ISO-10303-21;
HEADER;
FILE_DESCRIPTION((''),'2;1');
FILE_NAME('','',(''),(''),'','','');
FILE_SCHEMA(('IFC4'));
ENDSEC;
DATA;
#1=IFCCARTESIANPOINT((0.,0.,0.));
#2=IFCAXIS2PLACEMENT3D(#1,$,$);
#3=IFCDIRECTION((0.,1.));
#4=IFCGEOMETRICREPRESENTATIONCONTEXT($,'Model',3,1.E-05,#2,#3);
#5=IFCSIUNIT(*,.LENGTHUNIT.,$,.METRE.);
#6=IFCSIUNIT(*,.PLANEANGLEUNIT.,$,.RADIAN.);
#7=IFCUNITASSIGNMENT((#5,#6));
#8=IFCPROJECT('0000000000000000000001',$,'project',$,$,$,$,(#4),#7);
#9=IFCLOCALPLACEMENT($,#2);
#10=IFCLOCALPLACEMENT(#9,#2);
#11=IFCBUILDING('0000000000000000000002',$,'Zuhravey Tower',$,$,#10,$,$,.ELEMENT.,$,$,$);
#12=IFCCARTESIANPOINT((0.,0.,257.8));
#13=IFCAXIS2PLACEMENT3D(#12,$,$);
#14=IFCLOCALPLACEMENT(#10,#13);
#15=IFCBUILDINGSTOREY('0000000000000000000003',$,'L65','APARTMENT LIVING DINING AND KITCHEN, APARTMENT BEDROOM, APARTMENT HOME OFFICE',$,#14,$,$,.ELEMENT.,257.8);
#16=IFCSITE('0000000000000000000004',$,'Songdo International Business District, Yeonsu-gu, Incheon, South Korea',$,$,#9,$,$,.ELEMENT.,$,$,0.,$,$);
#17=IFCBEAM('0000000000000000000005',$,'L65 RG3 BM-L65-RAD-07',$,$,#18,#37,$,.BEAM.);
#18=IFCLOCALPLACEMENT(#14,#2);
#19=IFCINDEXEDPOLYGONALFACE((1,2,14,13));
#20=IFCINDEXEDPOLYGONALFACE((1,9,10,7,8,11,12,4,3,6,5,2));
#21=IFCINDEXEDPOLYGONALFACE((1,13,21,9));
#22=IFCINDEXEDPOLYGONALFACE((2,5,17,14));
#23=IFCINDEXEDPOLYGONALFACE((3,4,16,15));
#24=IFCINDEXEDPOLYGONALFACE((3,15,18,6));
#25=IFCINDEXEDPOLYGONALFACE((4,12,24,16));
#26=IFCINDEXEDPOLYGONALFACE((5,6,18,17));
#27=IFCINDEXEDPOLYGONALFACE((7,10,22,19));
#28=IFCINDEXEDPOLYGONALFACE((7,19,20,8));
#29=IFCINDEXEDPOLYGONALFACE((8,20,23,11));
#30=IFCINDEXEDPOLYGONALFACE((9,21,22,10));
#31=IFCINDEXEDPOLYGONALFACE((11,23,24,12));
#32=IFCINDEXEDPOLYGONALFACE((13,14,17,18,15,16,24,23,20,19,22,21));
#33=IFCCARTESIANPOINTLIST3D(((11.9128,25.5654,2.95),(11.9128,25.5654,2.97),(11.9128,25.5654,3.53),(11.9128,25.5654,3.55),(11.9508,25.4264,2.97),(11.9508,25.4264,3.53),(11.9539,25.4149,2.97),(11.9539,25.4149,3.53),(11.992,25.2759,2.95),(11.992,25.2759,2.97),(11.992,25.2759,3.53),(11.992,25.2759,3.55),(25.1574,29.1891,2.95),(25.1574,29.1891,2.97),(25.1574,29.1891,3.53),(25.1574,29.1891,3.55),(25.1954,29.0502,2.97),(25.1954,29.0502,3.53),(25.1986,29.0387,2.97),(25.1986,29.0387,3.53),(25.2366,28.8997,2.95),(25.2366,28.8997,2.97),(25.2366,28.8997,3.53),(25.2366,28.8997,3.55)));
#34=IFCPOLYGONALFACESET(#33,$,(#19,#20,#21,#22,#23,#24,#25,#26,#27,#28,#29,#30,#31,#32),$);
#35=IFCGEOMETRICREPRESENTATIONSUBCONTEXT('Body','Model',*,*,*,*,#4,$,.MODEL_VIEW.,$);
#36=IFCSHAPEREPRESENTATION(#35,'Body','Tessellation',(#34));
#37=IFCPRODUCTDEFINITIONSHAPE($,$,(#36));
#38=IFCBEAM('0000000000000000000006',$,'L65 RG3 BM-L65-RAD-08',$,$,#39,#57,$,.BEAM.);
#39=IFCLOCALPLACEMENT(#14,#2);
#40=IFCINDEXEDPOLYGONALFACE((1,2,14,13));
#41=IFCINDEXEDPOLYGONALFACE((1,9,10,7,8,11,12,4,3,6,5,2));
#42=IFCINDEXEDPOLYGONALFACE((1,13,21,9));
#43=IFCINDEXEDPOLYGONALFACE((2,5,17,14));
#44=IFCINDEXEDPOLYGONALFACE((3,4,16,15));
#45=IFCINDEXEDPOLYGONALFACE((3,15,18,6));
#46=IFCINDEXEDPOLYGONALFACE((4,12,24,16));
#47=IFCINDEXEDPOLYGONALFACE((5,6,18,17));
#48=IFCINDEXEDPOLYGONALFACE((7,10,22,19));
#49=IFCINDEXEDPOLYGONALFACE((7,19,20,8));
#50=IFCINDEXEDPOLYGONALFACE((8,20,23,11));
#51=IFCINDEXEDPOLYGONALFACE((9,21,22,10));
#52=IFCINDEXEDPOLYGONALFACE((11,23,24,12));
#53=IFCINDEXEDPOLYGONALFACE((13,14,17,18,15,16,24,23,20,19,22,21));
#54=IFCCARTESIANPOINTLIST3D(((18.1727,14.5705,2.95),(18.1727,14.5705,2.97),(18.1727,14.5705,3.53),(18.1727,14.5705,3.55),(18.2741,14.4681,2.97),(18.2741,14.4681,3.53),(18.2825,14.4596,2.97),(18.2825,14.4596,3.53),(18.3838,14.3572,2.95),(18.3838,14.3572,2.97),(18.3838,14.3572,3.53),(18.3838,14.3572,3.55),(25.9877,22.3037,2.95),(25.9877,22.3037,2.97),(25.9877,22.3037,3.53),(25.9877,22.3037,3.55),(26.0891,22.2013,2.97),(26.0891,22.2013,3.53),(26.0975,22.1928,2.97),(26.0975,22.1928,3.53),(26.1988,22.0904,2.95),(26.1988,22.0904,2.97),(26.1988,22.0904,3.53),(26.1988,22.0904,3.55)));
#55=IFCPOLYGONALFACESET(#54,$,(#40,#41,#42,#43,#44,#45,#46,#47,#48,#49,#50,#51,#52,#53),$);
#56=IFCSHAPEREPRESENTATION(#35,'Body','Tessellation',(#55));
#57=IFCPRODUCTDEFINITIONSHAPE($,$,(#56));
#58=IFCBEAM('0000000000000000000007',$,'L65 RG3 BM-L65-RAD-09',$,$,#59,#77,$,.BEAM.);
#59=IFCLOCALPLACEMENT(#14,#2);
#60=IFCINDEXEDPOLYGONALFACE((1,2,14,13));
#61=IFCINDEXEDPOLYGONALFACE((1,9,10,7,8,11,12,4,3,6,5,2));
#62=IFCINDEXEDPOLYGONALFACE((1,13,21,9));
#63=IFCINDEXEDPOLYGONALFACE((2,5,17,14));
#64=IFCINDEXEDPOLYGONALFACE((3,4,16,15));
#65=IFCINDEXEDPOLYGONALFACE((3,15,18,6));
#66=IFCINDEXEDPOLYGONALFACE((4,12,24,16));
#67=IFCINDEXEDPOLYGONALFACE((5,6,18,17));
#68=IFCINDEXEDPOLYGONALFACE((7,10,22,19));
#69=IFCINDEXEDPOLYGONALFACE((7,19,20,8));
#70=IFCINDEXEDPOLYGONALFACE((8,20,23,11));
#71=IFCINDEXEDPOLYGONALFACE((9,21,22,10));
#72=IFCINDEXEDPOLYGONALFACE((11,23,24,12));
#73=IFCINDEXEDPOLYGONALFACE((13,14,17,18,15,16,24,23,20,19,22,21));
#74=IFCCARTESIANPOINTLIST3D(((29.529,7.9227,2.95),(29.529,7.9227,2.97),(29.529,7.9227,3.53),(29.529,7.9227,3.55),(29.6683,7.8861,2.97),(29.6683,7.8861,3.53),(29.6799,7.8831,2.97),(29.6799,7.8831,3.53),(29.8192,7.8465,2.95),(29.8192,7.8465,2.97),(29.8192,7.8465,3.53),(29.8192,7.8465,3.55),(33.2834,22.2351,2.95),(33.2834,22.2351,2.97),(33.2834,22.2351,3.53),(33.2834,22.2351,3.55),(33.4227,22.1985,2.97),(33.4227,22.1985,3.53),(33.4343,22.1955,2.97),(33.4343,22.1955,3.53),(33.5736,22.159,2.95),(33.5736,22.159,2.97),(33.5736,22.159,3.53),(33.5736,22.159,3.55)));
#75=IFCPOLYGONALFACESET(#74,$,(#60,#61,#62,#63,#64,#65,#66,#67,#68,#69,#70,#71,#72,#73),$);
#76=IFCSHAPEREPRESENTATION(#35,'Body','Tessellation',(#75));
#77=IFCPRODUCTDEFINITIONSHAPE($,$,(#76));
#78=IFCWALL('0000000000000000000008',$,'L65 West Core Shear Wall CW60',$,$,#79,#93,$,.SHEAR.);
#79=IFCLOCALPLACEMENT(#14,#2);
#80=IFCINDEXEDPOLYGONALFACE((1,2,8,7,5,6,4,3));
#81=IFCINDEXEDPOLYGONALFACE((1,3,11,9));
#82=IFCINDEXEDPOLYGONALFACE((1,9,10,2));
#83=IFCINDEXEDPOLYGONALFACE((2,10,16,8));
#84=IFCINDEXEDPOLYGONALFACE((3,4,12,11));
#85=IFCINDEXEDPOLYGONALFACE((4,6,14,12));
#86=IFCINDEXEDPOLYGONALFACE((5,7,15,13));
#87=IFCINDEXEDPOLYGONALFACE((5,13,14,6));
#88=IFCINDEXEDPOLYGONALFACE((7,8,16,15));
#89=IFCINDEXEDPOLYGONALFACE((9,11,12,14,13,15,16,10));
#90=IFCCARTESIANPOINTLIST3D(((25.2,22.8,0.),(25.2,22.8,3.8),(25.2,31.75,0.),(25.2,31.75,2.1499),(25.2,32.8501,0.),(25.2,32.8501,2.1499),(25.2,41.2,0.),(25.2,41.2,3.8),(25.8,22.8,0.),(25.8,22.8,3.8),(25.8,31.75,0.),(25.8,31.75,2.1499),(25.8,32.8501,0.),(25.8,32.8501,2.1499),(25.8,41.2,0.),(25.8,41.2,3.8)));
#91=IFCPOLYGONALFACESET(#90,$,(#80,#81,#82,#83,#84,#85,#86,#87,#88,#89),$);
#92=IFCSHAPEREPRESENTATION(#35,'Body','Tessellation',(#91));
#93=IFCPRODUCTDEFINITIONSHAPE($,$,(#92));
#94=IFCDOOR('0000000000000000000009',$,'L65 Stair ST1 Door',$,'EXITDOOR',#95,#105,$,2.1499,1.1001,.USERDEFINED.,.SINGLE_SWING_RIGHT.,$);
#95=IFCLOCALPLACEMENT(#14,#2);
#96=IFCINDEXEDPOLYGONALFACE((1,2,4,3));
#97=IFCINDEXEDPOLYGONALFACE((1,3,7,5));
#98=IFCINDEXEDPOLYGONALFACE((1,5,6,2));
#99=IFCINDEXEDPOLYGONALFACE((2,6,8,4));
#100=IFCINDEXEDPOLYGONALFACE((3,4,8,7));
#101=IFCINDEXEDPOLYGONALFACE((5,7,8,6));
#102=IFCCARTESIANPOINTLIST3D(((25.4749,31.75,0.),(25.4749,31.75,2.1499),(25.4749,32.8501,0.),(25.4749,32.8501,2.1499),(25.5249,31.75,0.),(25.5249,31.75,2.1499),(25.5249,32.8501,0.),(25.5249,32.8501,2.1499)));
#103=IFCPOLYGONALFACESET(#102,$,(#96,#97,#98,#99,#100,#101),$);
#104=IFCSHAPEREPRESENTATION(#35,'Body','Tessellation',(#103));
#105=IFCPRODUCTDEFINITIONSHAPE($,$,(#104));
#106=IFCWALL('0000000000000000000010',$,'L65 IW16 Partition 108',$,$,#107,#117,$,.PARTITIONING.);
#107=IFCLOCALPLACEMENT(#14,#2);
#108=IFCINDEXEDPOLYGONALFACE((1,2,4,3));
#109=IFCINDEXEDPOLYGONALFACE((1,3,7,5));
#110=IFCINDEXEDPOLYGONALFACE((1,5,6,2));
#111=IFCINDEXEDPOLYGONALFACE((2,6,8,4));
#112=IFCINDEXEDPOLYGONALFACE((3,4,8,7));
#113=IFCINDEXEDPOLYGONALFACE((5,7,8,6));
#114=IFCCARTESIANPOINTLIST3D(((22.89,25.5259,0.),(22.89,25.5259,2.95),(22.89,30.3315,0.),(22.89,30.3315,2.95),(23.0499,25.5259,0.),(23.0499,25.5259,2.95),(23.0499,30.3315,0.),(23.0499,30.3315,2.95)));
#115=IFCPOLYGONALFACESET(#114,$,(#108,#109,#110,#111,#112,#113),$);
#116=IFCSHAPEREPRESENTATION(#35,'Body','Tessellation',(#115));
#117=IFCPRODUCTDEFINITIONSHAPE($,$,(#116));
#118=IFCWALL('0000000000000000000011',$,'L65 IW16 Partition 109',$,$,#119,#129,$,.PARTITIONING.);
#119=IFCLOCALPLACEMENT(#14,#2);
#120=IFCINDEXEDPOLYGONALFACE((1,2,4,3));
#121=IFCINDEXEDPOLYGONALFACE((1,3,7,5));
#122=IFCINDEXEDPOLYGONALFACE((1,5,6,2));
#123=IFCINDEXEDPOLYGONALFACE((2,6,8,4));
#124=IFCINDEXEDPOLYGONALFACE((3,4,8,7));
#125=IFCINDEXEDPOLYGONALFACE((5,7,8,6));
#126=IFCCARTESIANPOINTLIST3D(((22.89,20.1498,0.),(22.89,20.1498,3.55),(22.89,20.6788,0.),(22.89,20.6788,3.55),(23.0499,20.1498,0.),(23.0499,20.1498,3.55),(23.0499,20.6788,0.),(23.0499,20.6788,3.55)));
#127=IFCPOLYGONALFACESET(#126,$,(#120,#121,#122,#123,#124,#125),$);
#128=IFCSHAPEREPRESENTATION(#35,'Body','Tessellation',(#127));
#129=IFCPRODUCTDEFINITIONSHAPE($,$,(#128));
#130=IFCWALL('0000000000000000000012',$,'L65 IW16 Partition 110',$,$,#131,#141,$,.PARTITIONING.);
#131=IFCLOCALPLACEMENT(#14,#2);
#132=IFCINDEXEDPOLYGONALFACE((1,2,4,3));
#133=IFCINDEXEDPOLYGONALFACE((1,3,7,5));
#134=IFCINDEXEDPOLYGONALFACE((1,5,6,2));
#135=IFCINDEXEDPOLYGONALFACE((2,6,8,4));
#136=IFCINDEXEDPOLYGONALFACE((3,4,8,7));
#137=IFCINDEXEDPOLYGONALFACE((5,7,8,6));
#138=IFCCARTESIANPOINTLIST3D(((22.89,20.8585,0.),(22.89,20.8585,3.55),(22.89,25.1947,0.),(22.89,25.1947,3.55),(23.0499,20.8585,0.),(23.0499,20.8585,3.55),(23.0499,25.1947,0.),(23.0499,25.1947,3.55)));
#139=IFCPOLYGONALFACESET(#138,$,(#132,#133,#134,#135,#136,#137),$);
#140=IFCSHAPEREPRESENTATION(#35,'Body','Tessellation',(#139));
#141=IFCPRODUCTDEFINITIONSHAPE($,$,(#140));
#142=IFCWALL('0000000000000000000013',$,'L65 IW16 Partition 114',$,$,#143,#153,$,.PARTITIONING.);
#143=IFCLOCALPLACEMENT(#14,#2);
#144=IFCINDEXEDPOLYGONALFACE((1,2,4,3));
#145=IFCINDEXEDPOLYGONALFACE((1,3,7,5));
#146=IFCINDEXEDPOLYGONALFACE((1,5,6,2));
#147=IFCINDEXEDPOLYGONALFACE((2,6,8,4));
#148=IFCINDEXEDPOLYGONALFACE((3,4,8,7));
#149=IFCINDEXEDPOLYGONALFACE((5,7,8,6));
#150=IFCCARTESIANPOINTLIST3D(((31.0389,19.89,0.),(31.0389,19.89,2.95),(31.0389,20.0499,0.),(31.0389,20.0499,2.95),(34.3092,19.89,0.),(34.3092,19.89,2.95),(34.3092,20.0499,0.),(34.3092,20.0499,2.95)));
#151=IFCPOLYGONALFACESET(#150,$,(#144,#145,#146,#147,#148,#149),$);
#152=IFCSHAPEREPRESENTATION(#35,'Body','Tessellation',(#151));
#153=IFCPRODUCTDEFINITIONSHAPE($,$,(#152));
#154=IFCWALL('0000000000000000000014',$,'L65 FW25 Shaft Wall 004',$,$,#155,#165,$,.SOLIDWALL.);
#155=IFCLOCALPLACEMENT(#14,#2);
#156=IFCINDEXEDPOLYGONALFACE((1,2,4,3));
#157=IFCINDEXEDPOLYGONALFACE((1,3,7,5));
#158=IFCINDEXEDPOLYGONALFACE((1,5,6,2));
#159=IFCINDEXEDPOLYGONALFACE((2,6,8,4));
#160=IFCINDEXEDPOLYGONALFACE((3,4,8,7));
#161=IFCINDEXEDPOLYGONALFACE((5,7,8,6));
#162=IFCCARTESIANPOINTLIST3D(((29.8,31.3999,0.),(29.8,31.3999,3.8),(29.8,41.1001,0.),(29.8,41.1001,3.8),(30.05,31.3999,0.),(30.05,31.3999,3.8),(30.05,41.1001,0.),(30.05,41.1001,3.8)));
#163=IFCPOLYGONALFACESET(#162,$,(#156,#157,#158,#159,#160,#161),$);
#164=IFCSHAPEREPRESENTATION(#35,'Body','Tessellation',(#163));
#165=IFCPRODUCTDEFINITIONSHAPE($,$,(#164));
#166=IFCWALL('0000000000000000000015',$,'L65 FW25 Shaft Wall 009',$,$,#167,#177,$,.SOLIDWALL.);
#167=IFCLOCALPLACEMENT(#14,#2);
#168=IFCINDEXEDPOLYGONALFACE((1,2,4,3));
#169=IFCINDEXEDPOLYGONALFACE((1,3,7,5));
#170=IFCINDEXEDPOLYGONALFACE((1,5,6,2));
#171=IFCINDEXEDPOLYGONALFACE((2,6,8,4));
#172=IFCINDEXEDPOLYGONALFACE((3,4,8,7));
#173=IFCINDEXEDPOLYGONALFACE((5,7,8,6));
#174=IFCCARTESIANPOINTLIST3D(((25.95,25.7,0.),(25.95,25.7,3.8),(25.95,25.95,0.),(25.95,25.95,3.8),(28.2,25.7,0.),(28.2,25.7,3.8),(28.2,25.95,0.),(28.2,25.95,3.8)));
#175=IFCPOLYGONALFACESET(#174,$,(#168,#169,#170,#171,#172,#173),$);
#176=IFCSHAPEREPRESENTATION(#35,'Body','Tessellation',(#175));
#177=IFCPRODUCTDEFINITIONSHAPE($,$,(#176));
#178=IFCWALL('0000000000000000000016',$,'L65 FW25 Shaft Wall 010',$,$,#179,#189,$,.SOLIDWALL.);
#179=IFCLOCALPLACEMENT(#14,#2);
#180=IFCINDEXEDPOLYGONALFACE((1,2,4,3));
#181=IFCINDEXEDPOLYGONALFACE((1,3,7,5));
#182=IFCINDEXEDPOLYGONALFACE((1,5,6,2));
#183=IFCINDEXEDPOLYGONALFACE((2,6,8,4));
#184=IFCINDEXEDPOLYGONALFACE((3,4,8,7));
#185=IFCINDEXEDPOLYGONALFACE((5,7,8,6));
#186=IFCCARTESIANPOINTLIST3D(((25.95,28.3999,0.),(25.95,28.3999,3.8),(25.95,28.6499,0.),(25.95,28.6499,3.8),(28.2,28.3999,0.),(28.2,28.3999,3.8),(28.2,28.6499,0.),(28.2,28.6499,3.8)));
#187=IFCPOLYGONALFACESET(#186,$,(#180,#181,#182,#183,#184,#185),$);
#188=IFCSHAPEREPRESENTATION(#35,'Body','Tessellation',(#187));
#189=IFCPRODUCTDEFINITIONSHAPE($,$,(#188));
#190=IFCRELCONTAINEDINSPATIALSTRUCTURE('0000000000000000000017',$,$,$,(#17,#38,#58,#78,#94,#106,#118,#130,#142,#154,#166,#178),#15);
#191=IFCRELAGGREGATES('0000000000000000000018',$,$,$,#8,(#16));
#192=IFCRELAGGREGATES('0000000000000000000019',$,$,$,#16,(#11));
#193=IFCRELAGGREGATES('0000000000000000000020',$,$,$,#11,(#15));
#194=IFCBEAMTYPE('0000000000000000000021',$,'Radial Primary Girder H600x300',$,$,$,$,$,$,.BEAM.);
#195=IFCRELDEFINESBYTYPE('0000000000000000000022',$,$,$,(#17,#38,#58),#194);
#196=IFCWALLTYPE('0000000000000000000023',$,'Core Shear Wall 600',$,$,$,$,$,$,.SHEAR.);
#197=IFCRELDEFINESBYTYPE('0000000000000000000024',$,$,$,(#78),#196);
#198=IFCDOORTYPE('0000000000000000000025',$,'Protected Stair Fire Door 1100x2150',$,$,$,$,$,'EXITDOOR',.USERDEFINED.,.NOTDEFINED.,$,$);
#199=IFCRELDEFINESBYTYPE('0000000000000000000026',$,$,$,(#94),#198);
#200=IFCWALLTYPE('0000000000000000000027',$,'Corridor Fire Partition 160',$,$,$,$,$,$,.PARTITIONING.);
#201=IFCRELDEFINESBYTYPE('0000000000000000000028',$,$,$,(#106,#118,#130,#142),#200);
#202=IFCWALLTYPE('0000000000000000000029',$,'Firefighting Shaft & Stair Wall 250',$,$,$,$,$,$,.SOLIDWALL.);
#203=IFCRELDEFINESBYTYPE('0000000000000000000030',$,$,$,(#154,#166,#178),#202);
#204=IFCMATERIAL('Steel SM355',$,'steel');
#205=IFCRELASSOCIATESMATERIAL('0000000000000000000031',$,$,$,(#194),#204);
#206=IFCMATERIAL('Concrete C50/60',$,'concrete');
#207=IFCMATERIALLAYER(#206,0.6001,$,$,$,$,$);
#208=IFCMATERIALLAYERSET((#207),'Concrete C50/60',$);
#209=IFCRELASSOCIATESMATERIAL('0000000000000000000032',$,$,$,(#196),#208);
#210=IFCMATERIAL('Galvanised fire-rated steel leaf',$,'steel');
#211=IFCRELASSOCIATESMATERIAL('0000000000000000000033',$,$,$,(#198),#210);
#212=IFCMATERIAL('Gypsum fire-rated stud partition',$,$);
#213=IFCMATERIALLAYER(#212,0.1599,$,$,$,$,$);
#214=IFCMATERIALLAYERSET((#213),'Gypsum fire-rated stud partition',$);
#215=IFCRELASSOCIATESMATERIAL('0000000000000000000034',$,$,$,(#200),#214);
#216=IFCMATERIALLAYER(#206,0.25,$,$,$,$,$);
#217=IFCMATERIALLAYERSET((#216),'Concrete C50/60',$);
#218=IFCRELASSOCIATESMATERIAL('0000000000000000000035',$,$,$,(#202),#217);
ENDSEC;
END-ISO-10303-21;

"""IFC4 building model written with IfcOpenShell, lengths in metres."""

from ifc_helpers import new_model, si_unit, direction, frame, frame_2d, origin, origin_2d, place, context, subcontext, project, spatial, rectangle, i_section, extrude, material, layer, layer_set, material_profile, profile_set, type_object, element, fill, save


model = new_model("IFC4")

# Units and contexts
model_context = context("Model", 3, precision=1e-05, world=origin(), true_north=direction((0.0, 1.0)))
body_context = subcontext(model_context, "Body", "Model", "MODEL_VIEW")
ifc_project = project(units=[si_unit("LENGTHUNIT", "METRE"), si_unit("PLANEANGLEUNIT", "RADIAN")], contexts=[model_context])

# Site, building, storey
site_placement = place(None, origin())
site = spatial("IfcSite", under=ifc_project, at=site_placement, Name="Songdo International Business District, Yeonsu-gu, Incheon, South Korea", CompositionType="ELEMENT", RefElevation=0.0)
building_placement = place(site_placement, origin())
building = spatial("IfcBuilding", under=site, at=building_placement, Name="Zuhravey Tower", CompositionType="ELEMENT")
storey_placement = place(building_placement, frame((0.0, 0.0, 257.8)))
storey = spatial("IfcBuildingStorey", under=building, at=storey_placement, Name="L65", Description="APARTMENT LIVING DINING AND KITCHEN, APARTMENT BEDROOM, APARTMENT HOME OFFICE", CompositionType="ELEMENT", Elevation=257.8)

# Beams
ifc_material_1 = material(Name="Steel SM355", Category="steel")
ifc_material_profile = material_profile(ifc_material_1, i_section(OverallWidth=0.3, OverallDepth=0.6001, WebThickness=0.012, FlangeThickness=0.02, at=origin_2d()), Name="H-600x300x12x20")
ifc_profile_set = profile_set([ifc_material_profile], Name="Steel SM355")
beam_type = type_object("IfcBeamType", Name="Radial Primary Girder H600x300", PredefinedType="BEAM", material=ifc_profile_set)
beam_1_placement = place(storey_placement, frame((25.197, 29.0444, 3.25), z_axis=(-0.964549, -0.263904, 0.0), x_axis=(0.263904, -0.964549, 0.0)))
element("IfcBeam", 1, at=beam_1_placement, inside=storey, type_object=beam_type, Name="L65 RG3 BM-L65-RAD-07", PredefinedType="BEAM", context=body_context, shape_type="SweptSolid", body=[
    extrude(i_section(OverallWidth=0.3, OverallDepth=0.6001, WebThickness=0.012, FlangeThickness=0.02, at=origin_2d()), origin(), (0.0, 0.0, 1.0), 13.7314),
])
beam_2_placement = place(storey_placement, frame((26.0933, 22.197, 3.25), z_axis=(-0.710817, -0.703377, 0.0), x_axis=(0.703377, -0.710817, 0.0)))
element("IfcBeam", 2, at=beam_2_placement, inside=storey, type_object=beam_type, Name="L65 RG3 BM-L65-RAD-08", PredefinedType="BEAM", context=body_context, shape_type="SweptSolid", body=[
    extrude(i_section(OverallWidth=0.3, OverallDepth=0.6001, WebThickness=0.012, FlangeThickness=0.02, at=origin_2d()), origin(), (0.0, 0.0, 1.0), 10.9944),
])
beam_3_placement = place(storey_placement, frame((33.4285, 22.197, 3.25), z_axis=(-0.253731, -0.967275, 0.0), x_axis=(0.967275, -0.253731, 0.0)))
element("IfcBeam", 3, at=beam_3_placement, inside=storey, type_object=beam_type, Name="L65 RG3 BM-L65-RAD-09", PredefinedType="BEAM", context=body_context, shape_type="SweptSolid", body=[
    extrude(i_section(OverallWidth=0.3, OverallDepth=0.6001, WebThickness=0.012, FlangeThickness=0.02, at=origin_2d()), origin(), (0.0, 0.0, 1.0), 14.7966),
])

# Wall, opening, door
ifc_material_2 = material(Name="Concrete C50/60", Category="concrete")
ifc_layer_1 = layer(ifc_material_2, 0.6001)
ifc_layer_set_1 = layer_set([ifc_layer_1], Name="Concrete C50/60")
wall_type_1 = type_object("IfcWallType", Name="Core Shear Wall 600", PredefinedType="SHEAR", material=ifc_layer_set_1)
ifc_material_3 = material(Name="Galvanised fire-rated steel leaf", Category="steel")
wall_1_placement = place(storey_placement, frame((25.5, 22.8, 0.0), z_axis=(0.0, 0.0, 1.0), x_axis=(0.0, 1.0, 0.0)))
wall_1 = element("IfcWall", 4, at=wall_1_placement, inside=storey, type_object=wall_type_1, Name="L65 West Core Shear Wall CW60", PredefinedType="SHEAR", context=body_context, shape_type="SweptSolid", body=[
    extrude(rectangle(XDim=18.3999, YDim=0.6001, at=frame_2d((9.2, 0.0))), origin(), (0.0, 0.0, 1.0), 3.8),
])
opening_1_placement = place(wall_1_placement, frame((8.95, 0.0, 0.0)))
opening_1 = element("IfcOpeningElement", 5, at=opening_1_placement, cuts=wall_1, PredefinedType="OPENING", context=body_context, shape_type="SweptSolid", body=[
    extrude(rectangle(XDim=1.1001, YDim=2.1499, at=frame_2d((0.55, 1.075))), frame((0.0, 0.312, 0.0), z_axis=(0.0, -1.0, 0.0), x_axis=(1.0, 0.0, 0.0)), (0.0, 0.0, 1.0), 0.624),
])
door_type_1 = type_object("IfcDoorType", Name="Protected Stair Fire Door 1100x2150", ElementType="EXITDOOR", OperationType="NOTDEFINED", PredefinedType="USERDEFINED", material=ifc_material_3)
door_1_placement = place(opening_1_placement, frame((1.1001, 0.0, 0.0), z_axis=(0.0, 0.0, 1.0), x_axis=(-1.0, 0.0, 0.0)))
door_1 = element("IfcDoor", 6, at=door_1_placement, inside=storey, type_object=door_type_1, Name="L65 Stair ST1 Door", ObjectType="EXITDOOR", OperationType="SINGLE_SWING_RIGHT", OverallHeight=2.1499, OverallWidth=1.1001, PredefinedType="USERDEFINED", context=body_context, shape_type="SweptSolid", body=[
    extrude(rectangle(XDim=1.1001, YDim=2.1499, at=frame_2d((0.55, 1.075))), frame((0.0, 0.0249, 0.0), z_axis=(0.0, -1.0, 0.0), x_axis=(1.0, 0.0, 0.0)), (0.0, 0.0, 1.0), 0.05),
])
fill(opening_1, door_1)

# Walls
ifc_material_4 = material(Name="Gypsum fire-rated stud partition")
ifc_layer_2 = layer(ifc_material_4, 0.1599)
ifc_layer_set_2 = layer_set([ifc_layer_2], Name="Gypsum fire-rated stud partition")
wall_type_2 = type_object("IfcWallType", Name="Corridor Fire Partition 160", PredefinedType="PARTITIONING", material=ifc_layer_set_2)
wall_2_placement = place(storey_placement, frame((22.97, 30.3315, 0.0), z_axis=(0.0, 0.0, 1.0), x_axis=(0.0, -1.0, 0.0)))
element("IfcWall", 7, at=wall_2_placement, inside=storey, type_object=wall_type_2, Name="L65 IW16 Partition 108", PredefinedType="PARTITIONING", context=body_context, shape_type="SweptSolid", body=[
    extrude(rectangle(XDim=4.8057, YDim=0.1599, at=frame_2d((2.4028, 0.0))), origin(), (0.0, 0.0, 1.0), 2.95),
])
wall_3_placement = place(storey_placement, frame((22.97, 20.679, 0.0), z_axis=(0.0, 0.0, 1.0), x_axis=(0.0, -1.0, 0.0)))
element("IfcWall", 8, at=wall_3_placement, inside=storey, type_object=wall_type_2, Name="L65 IW16 Partition 109", PredefinedType="PARTITIONING", context=body_context, shape_type="SweptSolid", body=[
    extrude(rectangle(XDim=0.5291, YDim=0.1599, at=frame_2d((0.2646, 0.0))), origin(), (0.0, 0.0, 1.0), 3.55),
])
wall_4_placement = place(storey_placement, frame((22.97, 25.1946, 0.0), z_axis=(0.0, 0.0, 1.0), x_axis=(0.0, -1.0, 0.0)))
element("IfcWall", 9, at=wall_4_placement, inside=storey, type_object=wall_type_2, Name="L65 IW16 Partition 110", PredefinedType="PARTITIONING", context=body_context, shape_type="SweptSolid", body=[
    extrude(rectangle(XDim=4.3362, YDim=0.1599, at=frame_2d((2.168, 0.0))), origin(), (0.0, 0.0, 1.0), 3.55),
])
wall_5_placement = place(storey_placement, frame((31.0388, 19.97, 0.0), z_axis=(0.0, 0.0, 1.0), x_axis=(1.0, 0.0, 0.0)))
element("IfcWall", 10, at=wall_5_placement, inside=storey, type_object=wall_type_2, Name="L65 IW16 Partition 114", PredefinedType="PARTITIONING", context=body_context, shape_type="SweptSolid", body=[
    extrude(rectangle(XDim=3.2703, YDim=0.1599, at=frame_2d((1.6353, 0.0))), origin(), (0.0, 0.0, 1.0), 2.95),
])

# Shared definitions
ifc_layer_3 = layer(ifc_material_2, 0.25)
ifc_layer_set_3 = layer_set([ifc_layer_3], Name="Concrete C50/60")
wall_type_3 = type_object("IfcWallType", Name="Firefighting Shaft & Stair Wall 250", PredefinedType="SOLIDWALL", material=ifc_layer_set_3)

# Walls
wall_6_placement = place(storey_placement, frame((29.925, 31.3999, 0.0), z_axis=(0.0, 0.0, 1.0), x_axis=(0.0, 1.0, 0.0)))
element("IfcWall", 11, at=wall_6_placement, inside=storey, type_object=wall_type_3, Name="L65 FW25 Shaft Wall 004", PredefinedType="SOLIDWALL", context=body_context, shape_type="SweptSolid", body=[
    extrude(rectangle(XDim=9.7002, YDim=0.25, at=frame_2d((4.8501, 0.0))), origin(), (0.0, 0.0, 1.0), 3.8),
])
for number, where, z_axis, x_axis, name in (
    (12, (25.95, 25.825, 0.0), (0.0, 0.0, 1.0), (1.0, 0.0, 0.0), "L65 FW25 Shaft Wall 009"),
    (13, (25.95, 28.5249, 0.0), (0.0, 0.0, 1.0), (1.0, 0.0, 0.0), "L65 FW25 Shaft Wall 010"),
):
    element("IfcWall", number, at=place(storey_placement, frame(where, z_axis=z_axis, x_axis=x_axis)), inside=storey, type_object=wall_type_3, Name=name, PredefinedType="SOLIDWALL", context=body_context, shape_type="SweptSolid", body=[
        extrude(rectangle(XDim=2.25, YDim=0.25, at=frame_2d((1.125, 0.0))), origin(), (0.0, 0.0, 1.0), 3.8),
    ])

save(model, "model.ifc")
